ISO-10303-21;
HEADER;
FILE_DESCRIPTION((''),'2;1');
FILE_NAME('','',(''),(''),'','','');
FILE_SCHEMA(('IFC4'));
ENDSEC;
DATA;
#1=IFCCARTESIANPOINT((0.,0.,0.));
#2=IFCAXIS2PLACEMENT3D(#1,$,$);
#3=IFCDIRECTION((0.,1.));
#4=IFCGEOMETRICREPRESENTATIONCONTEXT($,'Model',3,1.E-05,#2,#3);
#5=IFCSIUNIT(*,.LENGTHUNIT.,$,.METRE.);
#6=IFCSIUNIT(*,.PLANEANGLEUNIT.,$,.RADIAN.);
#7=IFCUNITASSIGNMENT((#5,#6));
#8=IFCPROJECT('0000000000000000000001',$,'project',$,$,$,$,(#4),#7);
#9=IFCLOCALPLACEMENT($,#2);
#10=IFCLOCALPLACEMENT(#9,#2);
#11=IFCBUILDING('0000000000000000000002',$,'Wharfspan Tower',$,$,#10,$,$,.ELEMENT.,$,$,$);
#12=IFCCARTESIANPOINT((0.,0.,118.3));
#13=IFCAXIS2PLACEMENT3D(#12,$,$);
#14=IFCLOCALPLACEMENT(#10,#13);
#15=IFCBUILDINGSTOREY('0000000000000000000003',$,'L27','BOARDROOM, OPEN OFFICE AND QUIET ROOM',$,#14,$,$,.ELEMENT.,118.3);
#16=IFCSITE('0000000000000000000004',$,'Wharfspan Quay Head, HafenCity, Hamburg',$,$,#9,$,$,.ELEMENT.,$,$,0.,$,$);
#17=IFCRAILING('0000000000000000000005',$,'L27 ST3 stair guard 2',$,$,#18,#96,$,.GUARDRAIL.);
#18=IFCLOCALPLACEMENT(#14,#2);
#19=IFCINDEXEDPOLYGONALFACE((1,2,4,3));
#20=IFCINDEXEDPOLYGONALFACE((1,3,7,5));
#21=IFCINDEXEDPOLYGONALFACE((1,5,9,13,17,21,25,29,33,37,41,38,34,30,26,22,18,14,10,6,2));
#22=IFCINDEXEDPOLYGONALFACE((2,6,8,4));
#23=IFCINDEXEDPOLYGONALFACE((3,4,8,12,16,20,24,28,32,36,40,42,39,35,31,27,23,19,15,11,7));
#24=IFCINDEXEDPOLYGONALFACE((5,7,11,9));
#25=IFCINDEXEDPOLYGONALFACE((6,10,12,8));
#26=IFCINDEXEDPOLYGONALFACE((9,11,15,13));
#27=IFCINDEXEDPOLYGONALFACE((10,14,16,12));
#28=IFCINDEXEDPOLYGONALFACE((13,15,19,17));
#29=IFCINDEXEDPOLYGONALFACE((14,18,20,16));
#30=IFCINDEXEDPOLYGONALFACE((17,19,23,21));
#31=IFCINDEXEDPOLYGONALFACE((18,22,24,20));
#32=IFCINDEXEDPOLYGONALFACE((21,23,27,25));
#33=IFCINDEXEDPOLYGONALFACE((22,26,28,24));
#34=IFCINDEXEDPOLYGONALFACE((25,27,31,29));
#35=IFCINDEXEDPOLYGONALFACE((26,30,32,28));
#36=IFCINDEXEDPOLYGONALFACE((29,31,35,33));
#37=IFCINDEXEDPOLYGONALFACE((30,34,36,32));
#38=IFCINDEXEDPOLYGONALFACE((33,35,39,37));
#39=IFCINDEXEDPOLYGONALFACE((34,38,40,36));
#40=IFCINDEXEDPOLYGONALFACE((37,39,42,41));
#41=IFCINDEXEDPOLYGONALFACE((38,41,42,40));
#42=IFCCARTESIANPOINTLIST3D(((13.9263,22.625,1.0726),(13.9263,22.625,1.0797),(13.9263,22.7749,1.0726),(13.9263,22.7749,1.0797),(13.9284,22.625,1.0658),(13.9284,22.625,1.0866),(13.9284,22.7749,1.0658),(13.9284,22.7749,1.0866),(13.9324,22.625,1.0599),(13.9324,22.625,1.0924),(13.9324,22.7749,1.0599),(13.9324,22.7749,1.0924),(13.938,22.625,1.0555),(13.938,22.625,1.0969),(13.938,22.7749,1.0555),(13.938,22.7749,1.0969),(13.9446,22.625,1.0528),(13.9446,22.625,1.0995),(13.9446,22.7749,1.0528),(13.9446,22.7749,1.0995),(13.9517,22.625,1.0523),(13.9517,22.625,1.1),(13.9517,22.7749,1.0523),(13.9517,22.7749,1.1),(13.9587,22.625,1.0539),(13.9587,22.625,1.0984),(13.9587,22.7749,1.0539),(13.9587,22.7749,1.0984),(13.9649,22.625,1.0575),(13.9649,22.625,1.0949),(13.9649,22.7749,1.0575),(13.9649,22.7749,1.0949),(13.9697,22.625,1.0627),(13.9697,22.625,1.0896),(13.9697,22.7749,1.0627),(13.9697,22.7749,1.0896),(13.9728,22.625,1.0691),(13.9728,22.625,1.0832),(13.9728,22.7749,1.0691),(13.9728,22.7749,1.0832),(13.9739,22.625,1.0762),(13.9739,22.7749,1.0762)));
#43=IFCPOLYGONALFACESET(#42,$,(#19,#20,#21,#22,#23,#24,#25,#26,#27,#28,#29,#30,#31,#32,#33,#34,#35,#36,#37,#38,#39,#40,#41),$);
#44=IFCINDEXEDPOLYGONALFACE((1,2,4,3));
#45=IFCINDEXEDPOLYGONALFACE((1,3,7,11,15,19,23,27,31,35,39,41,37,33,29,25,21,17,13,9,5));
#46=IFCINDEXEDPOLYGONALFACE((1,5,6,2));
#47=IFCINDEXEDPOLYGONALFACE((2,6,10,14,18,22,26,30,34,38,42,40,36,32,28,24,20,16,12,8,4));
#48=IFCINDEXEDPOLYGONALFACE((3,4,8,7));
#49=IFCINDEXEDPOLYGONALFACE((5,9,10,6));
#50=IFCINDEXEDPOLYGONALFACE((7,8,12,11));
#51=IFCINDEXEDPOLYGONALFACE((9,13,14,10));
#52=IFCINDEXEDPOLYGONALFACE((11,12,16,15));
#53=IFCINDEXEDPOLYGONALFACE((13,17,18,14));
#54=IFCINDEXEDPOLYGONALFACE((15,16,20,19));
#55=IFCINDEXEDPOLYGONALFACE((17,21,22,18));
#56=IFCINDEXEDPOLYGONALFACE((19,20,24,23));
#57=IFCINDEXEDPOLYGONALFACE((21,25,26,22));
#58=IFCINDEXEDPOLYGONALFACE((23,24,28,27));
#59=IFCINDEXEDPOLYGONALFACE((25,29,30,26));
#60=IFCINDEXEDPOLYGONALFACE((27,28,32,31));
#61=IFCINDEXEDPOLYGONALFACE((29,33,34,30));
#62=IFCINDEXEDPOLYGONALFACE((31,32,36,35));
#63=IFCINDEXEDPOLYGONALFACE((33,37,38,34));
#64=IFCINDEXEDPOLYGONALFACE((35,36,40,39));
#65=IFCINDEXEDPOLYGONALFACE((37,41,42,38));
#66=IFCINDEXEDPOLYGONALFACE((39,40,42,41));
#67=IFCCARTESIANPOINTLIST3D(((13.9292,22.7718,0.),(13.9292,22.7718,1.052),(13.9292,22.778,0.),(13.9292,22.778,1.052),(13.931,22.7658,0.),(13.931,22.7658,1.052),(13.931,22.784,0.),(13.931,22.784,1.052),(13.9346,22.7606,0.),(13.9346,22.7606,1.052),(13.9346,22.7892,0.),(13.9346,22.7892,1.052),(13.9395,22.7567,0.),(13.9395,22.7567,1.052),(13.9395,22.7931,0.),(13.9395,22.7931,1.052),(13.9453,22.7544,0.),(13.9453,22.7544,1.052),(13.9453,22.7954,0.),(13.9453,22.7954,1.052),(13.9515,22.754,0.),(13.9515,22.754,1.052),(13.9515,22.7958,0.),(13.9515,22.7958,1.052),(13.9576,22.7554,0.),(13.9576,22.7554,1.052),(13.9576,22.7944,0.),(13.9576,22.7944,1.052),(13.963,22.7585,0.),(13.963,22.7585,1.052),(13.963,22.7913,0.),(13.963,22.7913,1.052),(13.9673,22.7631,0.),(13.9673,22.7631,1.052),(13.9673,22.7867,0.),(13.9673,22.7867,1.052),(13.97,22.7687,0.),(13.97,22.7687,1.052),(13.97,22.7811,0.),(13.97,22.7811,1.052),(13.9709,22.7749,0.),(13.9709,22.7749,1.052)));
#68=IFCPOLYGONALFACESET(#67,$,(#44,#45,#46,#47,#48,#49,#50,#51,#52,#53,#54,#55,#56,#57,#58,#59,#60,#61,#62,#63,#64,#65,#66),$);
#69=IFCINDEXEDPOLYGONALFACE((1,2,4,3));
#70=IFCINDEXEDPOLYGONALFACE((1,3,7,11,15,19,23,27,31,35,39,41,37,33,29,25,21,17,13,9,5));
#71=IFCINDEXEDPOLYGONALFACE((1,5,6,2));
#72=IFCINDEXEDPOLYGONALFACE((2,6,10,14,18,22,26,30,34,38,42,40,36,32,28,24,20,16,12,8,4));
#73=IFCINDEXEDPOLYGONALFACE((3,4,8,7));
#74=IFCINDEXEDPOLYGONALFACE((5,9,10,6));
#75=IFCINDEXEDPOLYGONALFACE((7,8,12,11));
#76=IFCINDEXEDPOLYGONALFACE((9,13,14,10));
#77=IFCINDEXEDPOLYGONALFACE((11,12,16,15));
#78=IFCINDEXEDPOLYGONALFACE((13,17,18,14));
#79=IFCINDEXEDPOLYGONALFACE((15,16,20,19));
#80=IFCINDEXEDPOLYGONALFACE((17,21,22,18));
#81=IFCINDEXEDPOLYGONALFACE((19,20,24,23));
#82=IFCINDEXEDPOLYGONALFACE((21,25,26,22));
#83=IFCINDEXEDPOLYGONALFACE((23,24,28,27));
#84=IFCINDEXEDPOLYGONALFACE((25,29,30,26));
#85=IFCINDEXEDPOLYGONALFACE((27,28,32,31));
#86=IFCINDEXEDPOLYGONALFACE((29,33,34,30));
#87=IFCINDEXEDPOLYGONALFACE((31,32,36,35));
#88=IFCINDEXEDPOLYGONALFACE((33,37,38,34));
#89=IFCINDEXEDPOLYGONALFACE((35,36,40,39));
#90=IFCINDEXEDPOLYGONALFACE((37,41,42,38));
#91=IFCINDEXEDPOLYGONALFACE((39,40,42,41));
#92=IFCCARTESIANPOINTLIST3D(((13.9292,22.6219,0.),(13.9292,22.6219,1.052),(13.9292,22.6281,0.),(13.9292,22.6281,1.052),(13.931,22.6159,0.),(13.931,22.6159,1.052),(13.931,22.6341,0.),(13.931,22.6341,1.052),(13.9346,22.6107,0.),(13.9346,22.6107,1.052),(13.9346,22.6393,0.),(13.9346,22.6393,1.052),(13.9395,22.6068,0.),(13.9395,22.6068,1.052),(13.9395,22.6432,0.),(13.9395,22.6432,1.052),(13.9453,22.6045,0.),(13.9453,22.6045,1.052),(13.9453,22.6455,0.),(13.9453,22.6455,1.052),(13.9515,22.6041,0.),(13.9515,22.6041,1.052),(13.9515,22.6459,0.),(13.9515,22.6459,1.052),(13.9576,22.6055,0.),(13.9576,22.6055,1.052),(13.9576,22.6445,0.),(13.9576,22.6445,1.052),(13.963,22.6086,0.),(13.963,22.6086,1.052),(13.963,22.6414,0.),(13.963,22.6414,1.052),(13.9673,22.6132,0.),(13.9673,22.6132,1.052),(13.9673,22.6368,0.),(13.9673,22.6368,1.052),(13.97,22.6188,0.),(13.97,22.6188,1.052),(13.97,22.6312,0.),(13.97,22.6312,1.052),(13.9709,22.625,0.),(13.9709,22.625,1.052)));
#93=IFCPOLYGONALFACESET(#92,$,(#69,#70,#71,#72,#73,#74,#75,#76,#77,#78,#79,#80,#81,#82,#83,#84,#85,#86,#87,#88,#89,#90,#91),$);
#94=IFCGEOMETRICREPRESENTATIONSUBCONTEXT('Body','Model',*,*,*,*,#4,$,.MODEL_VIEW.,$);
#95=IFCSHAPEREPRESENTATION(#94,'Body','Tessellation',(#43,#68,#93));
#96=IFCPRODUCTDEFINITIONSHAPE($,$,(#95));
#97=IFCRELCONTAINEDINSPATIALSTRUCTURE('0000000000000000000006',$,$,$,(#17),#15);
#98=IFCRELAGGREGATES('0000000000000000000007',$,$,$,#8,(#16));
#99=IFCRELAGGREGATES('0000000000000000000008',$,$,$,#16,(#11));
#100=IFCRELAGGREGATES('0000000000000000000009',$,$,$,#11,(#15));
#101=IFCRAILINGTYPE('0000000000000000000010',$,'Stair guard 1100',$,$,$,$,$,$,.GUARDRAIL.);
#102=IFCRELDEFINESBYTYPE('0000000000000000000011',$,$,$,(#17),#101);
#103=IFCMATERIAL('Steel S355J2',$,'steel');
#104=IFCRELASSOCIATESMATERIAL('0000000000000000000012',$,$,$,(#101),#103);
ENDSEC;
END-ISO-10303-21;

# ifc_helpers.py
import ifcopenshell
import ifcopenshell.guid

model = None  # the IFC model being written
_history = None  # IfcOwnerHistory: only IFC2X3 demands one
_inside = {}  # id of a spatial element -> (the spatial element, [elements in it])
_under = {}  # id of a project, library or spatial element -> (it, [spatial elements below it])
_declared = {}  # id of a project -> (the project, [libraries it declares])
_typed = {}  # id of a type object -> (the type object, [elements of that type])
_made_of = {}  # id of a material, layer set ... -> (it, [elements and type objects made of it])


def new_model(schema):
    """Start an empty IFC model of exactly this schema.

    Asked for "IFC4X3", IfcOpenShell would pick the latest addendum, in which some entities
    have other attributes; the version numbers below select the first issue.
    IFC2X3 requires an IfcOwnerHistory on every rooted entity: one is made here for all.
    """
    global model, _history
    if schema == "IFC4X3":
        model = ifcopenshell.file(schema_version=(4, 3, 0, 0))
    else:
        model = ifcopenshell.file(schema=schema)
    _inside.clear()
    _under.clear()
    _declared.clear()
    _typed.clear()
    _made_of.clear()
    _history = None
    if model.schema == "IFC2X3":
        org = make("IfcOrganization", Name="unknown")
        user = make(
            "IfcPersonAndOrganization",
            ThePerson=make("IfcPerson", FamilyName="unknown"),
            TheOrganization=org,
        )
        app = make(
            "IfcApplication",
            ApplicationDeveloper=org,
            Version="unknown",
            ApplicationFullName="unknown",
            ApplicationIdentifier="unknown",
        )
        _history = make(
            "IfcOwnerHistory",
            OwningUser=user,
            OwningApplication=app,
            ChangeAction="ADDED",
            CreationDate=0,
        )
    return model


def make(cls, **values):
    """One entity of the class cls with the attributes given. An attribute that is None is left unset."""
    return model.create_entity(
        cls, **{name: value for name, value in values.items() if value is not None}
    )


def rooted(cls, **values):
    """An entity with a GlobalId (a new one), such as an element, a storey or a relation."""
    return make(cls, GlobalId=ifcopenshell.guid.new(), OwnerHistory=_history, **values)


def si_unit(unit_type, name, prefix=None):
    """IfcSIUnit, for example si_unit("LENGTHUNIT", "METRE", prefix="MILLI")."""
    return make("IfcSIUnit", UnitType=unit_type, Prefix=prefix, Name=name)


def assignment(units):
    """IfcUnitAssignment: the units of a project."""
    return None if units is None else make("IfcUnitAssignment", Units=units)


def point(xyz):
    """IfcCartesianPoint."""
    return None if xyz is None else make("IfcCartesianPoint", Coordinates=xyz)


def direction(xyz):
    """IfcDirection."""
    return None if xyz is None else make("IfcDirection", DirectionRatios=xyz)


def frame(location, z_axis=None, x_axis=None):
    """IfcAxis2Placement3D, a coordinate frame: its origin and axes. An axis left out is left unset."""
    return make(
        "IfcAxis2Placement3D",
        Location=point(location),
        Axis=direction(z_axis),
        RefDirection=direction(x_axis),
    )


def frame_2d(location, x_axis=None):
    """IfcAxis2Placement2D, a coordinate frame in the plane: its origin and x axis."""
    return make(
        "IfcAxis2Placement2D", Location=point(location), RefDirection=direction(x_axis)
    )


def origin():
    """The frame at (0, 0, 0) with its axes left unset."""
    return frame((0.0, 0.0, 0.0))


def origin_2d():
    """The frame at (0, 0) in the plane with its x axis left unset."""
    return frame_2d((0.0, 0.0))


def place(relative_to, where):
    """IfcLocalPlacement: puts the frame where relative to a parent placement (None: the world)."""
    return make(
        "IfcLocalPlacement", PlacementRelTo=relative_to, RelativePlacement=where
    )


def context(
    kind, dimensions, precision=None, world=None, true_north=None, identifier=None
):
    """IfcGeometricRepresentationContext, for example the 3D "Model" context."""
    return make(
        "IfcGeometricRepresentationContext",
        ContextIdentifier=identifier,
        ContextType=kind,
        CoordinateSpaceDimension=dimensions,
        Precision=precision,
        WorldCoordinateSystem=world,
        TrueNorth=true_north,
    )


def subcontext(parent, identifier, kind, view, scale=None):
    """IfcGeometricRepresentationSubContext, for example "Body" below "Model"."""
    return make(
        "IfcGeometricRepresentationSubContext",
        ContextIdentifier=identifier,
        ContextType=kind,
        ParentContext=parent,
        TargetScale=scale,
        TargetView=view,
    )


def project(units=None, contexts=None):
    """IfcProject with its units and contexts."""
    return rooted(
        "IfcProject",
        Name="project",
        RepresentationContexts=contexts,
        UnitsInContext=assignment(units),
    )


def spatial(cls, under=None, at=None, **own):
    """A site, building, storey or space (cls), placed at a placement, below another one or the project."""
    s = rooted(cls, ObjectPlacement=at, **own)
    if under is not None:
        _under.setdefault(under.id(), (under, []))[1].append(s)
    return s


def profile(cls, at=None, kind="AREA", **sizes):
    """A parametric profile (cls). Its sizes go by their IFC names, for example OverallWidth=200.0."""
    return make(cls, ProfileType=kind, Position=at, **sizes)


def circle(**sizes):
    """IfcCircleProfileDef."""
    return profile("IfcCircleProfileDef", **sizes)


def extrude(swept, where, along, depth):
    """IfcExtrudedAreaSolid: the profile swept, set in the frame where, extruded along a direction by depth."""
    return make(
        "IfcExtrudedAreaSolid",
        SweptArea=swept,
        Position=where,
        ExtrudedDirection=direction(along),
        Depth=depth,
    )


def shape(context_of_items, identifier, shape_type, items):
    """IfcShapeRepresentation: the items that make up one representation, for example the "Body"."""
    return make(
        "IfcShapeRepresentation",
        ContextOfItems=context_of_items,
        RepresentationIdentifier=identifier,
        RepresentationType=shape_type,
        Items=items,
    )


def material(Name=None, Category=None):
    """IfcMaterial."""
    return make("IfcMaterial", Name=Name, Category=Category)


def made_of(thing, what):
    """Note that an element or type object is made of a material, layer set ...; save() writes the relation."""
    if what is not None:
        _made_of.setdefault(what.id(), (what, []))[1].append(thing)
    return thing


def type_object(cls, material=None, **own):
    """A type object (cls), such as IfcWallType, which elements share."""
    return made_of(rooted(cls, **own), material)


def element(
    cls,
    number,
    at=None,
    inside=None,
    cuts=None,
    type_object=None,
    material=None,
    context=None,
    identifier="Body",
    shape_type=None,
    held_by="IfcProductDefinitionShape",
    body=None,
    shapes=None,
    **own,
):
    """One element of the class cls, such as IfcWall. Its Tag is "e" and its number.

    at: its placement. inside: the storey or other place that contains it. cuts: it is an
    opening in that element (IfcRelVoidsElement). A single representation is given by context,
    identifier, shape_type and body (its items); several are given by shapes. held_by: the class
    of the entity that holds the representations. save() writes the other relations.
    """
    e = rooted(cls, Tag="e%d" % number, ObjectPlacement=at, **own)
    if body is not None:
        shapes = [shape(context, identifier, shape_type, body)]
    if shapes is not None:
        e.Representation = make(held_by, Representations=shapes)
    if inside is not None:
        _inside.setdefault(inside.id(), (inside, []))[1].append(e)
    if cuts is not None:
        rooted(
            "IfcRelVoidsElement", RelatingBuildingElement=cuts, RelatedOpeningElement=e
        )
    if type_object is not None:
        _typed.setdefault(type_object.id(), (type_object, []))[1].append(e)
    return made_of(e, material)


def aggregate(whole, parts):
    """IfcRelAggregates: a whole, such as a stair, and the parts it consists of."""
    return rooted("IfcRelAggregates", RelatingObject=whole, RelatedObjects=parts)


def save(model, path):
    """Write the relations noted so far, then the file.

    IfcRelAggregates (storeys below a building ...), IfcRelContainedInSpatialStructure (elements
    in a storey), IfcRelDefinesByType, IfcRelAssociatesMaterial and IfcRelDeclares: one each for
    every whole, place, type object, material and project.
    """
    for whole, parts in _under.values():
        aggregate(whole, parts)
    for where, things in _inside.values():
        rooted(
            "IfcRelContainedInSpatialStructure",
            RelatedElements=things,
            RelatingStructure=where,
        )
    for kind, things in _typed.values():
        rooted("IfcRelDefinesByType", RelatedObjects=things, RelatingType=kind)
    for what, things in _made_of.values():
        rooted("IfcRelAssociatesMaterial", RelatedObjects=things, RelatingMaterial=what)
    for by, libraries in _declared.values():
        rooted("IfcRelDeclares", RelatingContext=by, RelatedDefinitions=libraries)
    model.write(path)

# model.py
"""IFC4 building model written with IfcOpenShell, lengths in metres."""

from ifc_helpers import new_model, si_unit, direction, frame, origin, origin_2d, place, context, subcontext, project, spatial, circle, extrude, material, type_object, element, save


model = new_model("IFC4")

# Units and contexts
model_context = context("Model", 3, precision=1e-05, world=origin(), true_north=direction((0.0, 1.0)))
body_context = subcontext(model_context, "Body", "Model", "MODEL_VIEW")
ifc_project = project(units=[si_unit("LENGTHUNIT", "METRE"), si_unit("PLANEANGLEUNIT", "RADIAN")], contexts=[model_context])

# Site, building, storey
site_placement = place(None, origin())
site = spatial("IfcSite", under=ifc_project, at=site_placement, Name="Wharfspan Quay Head, HafenCity, Hamburg", CompositionType="ELEMENT", RefElevation=0.0)
building_placement = place(site_placement, origin())
building = spatial("IfcBuilding", under=site, at=building_placement, Name="Wharfspan Tower", CompositionType="ELEMENT")
storey_placement = place(building_placement, frame((0.0, 0.0, 118.3)))
storey = spatial("IfcBuildingStorey", under=building, at=storey_placement, Name="L27", Description="BOARDROOM, OPEN OFFICE AND QUIET ROOM", CompositionType="ELEMENT", Elevation=118.3)

# Shared definitions
ifc_material_1 = material(Name="Steel S355J2", Category="steel")

# Railing
railing_type_1 = type_object("IfcRailingType", Name="Stair guard 1100", PredefinedType="GUARDRAIL", material=ifc_material_1)
railing_1_placement = place(storey_placement, frame((13.95, 22.7749, 0.0)))
element("IfcRailing", 1, at=railing_1_placement, inside=storey, type_object=railing_type_1, Name="L27 ST3 stair guard 2", PredefinedType="GUARDRAIL", context=body_context, shape_type="SweptSolid", body=[
    extrude(circle(Radius=0.0239, at=origin_2d()), frame((0.0, 0.0, 1.0762), z_axis=(0.0, -1.0, 0.0), x_axis=(1.0, 0.0, 0.0)), (0.0, 0.0, 1.0), 0.1499),
    extrude(circle(Radius=0.021, at=origin_2d()), origin(), (0.0, 0.0, 1.0), 1.052),
    extrude(circle(Radius=0.021, at=origin_2d()), frame((0.0, -0.1499, 0.0)), (0.0, 0.0, 1.0), 1.052),
])

save(model, "model.ifc")
